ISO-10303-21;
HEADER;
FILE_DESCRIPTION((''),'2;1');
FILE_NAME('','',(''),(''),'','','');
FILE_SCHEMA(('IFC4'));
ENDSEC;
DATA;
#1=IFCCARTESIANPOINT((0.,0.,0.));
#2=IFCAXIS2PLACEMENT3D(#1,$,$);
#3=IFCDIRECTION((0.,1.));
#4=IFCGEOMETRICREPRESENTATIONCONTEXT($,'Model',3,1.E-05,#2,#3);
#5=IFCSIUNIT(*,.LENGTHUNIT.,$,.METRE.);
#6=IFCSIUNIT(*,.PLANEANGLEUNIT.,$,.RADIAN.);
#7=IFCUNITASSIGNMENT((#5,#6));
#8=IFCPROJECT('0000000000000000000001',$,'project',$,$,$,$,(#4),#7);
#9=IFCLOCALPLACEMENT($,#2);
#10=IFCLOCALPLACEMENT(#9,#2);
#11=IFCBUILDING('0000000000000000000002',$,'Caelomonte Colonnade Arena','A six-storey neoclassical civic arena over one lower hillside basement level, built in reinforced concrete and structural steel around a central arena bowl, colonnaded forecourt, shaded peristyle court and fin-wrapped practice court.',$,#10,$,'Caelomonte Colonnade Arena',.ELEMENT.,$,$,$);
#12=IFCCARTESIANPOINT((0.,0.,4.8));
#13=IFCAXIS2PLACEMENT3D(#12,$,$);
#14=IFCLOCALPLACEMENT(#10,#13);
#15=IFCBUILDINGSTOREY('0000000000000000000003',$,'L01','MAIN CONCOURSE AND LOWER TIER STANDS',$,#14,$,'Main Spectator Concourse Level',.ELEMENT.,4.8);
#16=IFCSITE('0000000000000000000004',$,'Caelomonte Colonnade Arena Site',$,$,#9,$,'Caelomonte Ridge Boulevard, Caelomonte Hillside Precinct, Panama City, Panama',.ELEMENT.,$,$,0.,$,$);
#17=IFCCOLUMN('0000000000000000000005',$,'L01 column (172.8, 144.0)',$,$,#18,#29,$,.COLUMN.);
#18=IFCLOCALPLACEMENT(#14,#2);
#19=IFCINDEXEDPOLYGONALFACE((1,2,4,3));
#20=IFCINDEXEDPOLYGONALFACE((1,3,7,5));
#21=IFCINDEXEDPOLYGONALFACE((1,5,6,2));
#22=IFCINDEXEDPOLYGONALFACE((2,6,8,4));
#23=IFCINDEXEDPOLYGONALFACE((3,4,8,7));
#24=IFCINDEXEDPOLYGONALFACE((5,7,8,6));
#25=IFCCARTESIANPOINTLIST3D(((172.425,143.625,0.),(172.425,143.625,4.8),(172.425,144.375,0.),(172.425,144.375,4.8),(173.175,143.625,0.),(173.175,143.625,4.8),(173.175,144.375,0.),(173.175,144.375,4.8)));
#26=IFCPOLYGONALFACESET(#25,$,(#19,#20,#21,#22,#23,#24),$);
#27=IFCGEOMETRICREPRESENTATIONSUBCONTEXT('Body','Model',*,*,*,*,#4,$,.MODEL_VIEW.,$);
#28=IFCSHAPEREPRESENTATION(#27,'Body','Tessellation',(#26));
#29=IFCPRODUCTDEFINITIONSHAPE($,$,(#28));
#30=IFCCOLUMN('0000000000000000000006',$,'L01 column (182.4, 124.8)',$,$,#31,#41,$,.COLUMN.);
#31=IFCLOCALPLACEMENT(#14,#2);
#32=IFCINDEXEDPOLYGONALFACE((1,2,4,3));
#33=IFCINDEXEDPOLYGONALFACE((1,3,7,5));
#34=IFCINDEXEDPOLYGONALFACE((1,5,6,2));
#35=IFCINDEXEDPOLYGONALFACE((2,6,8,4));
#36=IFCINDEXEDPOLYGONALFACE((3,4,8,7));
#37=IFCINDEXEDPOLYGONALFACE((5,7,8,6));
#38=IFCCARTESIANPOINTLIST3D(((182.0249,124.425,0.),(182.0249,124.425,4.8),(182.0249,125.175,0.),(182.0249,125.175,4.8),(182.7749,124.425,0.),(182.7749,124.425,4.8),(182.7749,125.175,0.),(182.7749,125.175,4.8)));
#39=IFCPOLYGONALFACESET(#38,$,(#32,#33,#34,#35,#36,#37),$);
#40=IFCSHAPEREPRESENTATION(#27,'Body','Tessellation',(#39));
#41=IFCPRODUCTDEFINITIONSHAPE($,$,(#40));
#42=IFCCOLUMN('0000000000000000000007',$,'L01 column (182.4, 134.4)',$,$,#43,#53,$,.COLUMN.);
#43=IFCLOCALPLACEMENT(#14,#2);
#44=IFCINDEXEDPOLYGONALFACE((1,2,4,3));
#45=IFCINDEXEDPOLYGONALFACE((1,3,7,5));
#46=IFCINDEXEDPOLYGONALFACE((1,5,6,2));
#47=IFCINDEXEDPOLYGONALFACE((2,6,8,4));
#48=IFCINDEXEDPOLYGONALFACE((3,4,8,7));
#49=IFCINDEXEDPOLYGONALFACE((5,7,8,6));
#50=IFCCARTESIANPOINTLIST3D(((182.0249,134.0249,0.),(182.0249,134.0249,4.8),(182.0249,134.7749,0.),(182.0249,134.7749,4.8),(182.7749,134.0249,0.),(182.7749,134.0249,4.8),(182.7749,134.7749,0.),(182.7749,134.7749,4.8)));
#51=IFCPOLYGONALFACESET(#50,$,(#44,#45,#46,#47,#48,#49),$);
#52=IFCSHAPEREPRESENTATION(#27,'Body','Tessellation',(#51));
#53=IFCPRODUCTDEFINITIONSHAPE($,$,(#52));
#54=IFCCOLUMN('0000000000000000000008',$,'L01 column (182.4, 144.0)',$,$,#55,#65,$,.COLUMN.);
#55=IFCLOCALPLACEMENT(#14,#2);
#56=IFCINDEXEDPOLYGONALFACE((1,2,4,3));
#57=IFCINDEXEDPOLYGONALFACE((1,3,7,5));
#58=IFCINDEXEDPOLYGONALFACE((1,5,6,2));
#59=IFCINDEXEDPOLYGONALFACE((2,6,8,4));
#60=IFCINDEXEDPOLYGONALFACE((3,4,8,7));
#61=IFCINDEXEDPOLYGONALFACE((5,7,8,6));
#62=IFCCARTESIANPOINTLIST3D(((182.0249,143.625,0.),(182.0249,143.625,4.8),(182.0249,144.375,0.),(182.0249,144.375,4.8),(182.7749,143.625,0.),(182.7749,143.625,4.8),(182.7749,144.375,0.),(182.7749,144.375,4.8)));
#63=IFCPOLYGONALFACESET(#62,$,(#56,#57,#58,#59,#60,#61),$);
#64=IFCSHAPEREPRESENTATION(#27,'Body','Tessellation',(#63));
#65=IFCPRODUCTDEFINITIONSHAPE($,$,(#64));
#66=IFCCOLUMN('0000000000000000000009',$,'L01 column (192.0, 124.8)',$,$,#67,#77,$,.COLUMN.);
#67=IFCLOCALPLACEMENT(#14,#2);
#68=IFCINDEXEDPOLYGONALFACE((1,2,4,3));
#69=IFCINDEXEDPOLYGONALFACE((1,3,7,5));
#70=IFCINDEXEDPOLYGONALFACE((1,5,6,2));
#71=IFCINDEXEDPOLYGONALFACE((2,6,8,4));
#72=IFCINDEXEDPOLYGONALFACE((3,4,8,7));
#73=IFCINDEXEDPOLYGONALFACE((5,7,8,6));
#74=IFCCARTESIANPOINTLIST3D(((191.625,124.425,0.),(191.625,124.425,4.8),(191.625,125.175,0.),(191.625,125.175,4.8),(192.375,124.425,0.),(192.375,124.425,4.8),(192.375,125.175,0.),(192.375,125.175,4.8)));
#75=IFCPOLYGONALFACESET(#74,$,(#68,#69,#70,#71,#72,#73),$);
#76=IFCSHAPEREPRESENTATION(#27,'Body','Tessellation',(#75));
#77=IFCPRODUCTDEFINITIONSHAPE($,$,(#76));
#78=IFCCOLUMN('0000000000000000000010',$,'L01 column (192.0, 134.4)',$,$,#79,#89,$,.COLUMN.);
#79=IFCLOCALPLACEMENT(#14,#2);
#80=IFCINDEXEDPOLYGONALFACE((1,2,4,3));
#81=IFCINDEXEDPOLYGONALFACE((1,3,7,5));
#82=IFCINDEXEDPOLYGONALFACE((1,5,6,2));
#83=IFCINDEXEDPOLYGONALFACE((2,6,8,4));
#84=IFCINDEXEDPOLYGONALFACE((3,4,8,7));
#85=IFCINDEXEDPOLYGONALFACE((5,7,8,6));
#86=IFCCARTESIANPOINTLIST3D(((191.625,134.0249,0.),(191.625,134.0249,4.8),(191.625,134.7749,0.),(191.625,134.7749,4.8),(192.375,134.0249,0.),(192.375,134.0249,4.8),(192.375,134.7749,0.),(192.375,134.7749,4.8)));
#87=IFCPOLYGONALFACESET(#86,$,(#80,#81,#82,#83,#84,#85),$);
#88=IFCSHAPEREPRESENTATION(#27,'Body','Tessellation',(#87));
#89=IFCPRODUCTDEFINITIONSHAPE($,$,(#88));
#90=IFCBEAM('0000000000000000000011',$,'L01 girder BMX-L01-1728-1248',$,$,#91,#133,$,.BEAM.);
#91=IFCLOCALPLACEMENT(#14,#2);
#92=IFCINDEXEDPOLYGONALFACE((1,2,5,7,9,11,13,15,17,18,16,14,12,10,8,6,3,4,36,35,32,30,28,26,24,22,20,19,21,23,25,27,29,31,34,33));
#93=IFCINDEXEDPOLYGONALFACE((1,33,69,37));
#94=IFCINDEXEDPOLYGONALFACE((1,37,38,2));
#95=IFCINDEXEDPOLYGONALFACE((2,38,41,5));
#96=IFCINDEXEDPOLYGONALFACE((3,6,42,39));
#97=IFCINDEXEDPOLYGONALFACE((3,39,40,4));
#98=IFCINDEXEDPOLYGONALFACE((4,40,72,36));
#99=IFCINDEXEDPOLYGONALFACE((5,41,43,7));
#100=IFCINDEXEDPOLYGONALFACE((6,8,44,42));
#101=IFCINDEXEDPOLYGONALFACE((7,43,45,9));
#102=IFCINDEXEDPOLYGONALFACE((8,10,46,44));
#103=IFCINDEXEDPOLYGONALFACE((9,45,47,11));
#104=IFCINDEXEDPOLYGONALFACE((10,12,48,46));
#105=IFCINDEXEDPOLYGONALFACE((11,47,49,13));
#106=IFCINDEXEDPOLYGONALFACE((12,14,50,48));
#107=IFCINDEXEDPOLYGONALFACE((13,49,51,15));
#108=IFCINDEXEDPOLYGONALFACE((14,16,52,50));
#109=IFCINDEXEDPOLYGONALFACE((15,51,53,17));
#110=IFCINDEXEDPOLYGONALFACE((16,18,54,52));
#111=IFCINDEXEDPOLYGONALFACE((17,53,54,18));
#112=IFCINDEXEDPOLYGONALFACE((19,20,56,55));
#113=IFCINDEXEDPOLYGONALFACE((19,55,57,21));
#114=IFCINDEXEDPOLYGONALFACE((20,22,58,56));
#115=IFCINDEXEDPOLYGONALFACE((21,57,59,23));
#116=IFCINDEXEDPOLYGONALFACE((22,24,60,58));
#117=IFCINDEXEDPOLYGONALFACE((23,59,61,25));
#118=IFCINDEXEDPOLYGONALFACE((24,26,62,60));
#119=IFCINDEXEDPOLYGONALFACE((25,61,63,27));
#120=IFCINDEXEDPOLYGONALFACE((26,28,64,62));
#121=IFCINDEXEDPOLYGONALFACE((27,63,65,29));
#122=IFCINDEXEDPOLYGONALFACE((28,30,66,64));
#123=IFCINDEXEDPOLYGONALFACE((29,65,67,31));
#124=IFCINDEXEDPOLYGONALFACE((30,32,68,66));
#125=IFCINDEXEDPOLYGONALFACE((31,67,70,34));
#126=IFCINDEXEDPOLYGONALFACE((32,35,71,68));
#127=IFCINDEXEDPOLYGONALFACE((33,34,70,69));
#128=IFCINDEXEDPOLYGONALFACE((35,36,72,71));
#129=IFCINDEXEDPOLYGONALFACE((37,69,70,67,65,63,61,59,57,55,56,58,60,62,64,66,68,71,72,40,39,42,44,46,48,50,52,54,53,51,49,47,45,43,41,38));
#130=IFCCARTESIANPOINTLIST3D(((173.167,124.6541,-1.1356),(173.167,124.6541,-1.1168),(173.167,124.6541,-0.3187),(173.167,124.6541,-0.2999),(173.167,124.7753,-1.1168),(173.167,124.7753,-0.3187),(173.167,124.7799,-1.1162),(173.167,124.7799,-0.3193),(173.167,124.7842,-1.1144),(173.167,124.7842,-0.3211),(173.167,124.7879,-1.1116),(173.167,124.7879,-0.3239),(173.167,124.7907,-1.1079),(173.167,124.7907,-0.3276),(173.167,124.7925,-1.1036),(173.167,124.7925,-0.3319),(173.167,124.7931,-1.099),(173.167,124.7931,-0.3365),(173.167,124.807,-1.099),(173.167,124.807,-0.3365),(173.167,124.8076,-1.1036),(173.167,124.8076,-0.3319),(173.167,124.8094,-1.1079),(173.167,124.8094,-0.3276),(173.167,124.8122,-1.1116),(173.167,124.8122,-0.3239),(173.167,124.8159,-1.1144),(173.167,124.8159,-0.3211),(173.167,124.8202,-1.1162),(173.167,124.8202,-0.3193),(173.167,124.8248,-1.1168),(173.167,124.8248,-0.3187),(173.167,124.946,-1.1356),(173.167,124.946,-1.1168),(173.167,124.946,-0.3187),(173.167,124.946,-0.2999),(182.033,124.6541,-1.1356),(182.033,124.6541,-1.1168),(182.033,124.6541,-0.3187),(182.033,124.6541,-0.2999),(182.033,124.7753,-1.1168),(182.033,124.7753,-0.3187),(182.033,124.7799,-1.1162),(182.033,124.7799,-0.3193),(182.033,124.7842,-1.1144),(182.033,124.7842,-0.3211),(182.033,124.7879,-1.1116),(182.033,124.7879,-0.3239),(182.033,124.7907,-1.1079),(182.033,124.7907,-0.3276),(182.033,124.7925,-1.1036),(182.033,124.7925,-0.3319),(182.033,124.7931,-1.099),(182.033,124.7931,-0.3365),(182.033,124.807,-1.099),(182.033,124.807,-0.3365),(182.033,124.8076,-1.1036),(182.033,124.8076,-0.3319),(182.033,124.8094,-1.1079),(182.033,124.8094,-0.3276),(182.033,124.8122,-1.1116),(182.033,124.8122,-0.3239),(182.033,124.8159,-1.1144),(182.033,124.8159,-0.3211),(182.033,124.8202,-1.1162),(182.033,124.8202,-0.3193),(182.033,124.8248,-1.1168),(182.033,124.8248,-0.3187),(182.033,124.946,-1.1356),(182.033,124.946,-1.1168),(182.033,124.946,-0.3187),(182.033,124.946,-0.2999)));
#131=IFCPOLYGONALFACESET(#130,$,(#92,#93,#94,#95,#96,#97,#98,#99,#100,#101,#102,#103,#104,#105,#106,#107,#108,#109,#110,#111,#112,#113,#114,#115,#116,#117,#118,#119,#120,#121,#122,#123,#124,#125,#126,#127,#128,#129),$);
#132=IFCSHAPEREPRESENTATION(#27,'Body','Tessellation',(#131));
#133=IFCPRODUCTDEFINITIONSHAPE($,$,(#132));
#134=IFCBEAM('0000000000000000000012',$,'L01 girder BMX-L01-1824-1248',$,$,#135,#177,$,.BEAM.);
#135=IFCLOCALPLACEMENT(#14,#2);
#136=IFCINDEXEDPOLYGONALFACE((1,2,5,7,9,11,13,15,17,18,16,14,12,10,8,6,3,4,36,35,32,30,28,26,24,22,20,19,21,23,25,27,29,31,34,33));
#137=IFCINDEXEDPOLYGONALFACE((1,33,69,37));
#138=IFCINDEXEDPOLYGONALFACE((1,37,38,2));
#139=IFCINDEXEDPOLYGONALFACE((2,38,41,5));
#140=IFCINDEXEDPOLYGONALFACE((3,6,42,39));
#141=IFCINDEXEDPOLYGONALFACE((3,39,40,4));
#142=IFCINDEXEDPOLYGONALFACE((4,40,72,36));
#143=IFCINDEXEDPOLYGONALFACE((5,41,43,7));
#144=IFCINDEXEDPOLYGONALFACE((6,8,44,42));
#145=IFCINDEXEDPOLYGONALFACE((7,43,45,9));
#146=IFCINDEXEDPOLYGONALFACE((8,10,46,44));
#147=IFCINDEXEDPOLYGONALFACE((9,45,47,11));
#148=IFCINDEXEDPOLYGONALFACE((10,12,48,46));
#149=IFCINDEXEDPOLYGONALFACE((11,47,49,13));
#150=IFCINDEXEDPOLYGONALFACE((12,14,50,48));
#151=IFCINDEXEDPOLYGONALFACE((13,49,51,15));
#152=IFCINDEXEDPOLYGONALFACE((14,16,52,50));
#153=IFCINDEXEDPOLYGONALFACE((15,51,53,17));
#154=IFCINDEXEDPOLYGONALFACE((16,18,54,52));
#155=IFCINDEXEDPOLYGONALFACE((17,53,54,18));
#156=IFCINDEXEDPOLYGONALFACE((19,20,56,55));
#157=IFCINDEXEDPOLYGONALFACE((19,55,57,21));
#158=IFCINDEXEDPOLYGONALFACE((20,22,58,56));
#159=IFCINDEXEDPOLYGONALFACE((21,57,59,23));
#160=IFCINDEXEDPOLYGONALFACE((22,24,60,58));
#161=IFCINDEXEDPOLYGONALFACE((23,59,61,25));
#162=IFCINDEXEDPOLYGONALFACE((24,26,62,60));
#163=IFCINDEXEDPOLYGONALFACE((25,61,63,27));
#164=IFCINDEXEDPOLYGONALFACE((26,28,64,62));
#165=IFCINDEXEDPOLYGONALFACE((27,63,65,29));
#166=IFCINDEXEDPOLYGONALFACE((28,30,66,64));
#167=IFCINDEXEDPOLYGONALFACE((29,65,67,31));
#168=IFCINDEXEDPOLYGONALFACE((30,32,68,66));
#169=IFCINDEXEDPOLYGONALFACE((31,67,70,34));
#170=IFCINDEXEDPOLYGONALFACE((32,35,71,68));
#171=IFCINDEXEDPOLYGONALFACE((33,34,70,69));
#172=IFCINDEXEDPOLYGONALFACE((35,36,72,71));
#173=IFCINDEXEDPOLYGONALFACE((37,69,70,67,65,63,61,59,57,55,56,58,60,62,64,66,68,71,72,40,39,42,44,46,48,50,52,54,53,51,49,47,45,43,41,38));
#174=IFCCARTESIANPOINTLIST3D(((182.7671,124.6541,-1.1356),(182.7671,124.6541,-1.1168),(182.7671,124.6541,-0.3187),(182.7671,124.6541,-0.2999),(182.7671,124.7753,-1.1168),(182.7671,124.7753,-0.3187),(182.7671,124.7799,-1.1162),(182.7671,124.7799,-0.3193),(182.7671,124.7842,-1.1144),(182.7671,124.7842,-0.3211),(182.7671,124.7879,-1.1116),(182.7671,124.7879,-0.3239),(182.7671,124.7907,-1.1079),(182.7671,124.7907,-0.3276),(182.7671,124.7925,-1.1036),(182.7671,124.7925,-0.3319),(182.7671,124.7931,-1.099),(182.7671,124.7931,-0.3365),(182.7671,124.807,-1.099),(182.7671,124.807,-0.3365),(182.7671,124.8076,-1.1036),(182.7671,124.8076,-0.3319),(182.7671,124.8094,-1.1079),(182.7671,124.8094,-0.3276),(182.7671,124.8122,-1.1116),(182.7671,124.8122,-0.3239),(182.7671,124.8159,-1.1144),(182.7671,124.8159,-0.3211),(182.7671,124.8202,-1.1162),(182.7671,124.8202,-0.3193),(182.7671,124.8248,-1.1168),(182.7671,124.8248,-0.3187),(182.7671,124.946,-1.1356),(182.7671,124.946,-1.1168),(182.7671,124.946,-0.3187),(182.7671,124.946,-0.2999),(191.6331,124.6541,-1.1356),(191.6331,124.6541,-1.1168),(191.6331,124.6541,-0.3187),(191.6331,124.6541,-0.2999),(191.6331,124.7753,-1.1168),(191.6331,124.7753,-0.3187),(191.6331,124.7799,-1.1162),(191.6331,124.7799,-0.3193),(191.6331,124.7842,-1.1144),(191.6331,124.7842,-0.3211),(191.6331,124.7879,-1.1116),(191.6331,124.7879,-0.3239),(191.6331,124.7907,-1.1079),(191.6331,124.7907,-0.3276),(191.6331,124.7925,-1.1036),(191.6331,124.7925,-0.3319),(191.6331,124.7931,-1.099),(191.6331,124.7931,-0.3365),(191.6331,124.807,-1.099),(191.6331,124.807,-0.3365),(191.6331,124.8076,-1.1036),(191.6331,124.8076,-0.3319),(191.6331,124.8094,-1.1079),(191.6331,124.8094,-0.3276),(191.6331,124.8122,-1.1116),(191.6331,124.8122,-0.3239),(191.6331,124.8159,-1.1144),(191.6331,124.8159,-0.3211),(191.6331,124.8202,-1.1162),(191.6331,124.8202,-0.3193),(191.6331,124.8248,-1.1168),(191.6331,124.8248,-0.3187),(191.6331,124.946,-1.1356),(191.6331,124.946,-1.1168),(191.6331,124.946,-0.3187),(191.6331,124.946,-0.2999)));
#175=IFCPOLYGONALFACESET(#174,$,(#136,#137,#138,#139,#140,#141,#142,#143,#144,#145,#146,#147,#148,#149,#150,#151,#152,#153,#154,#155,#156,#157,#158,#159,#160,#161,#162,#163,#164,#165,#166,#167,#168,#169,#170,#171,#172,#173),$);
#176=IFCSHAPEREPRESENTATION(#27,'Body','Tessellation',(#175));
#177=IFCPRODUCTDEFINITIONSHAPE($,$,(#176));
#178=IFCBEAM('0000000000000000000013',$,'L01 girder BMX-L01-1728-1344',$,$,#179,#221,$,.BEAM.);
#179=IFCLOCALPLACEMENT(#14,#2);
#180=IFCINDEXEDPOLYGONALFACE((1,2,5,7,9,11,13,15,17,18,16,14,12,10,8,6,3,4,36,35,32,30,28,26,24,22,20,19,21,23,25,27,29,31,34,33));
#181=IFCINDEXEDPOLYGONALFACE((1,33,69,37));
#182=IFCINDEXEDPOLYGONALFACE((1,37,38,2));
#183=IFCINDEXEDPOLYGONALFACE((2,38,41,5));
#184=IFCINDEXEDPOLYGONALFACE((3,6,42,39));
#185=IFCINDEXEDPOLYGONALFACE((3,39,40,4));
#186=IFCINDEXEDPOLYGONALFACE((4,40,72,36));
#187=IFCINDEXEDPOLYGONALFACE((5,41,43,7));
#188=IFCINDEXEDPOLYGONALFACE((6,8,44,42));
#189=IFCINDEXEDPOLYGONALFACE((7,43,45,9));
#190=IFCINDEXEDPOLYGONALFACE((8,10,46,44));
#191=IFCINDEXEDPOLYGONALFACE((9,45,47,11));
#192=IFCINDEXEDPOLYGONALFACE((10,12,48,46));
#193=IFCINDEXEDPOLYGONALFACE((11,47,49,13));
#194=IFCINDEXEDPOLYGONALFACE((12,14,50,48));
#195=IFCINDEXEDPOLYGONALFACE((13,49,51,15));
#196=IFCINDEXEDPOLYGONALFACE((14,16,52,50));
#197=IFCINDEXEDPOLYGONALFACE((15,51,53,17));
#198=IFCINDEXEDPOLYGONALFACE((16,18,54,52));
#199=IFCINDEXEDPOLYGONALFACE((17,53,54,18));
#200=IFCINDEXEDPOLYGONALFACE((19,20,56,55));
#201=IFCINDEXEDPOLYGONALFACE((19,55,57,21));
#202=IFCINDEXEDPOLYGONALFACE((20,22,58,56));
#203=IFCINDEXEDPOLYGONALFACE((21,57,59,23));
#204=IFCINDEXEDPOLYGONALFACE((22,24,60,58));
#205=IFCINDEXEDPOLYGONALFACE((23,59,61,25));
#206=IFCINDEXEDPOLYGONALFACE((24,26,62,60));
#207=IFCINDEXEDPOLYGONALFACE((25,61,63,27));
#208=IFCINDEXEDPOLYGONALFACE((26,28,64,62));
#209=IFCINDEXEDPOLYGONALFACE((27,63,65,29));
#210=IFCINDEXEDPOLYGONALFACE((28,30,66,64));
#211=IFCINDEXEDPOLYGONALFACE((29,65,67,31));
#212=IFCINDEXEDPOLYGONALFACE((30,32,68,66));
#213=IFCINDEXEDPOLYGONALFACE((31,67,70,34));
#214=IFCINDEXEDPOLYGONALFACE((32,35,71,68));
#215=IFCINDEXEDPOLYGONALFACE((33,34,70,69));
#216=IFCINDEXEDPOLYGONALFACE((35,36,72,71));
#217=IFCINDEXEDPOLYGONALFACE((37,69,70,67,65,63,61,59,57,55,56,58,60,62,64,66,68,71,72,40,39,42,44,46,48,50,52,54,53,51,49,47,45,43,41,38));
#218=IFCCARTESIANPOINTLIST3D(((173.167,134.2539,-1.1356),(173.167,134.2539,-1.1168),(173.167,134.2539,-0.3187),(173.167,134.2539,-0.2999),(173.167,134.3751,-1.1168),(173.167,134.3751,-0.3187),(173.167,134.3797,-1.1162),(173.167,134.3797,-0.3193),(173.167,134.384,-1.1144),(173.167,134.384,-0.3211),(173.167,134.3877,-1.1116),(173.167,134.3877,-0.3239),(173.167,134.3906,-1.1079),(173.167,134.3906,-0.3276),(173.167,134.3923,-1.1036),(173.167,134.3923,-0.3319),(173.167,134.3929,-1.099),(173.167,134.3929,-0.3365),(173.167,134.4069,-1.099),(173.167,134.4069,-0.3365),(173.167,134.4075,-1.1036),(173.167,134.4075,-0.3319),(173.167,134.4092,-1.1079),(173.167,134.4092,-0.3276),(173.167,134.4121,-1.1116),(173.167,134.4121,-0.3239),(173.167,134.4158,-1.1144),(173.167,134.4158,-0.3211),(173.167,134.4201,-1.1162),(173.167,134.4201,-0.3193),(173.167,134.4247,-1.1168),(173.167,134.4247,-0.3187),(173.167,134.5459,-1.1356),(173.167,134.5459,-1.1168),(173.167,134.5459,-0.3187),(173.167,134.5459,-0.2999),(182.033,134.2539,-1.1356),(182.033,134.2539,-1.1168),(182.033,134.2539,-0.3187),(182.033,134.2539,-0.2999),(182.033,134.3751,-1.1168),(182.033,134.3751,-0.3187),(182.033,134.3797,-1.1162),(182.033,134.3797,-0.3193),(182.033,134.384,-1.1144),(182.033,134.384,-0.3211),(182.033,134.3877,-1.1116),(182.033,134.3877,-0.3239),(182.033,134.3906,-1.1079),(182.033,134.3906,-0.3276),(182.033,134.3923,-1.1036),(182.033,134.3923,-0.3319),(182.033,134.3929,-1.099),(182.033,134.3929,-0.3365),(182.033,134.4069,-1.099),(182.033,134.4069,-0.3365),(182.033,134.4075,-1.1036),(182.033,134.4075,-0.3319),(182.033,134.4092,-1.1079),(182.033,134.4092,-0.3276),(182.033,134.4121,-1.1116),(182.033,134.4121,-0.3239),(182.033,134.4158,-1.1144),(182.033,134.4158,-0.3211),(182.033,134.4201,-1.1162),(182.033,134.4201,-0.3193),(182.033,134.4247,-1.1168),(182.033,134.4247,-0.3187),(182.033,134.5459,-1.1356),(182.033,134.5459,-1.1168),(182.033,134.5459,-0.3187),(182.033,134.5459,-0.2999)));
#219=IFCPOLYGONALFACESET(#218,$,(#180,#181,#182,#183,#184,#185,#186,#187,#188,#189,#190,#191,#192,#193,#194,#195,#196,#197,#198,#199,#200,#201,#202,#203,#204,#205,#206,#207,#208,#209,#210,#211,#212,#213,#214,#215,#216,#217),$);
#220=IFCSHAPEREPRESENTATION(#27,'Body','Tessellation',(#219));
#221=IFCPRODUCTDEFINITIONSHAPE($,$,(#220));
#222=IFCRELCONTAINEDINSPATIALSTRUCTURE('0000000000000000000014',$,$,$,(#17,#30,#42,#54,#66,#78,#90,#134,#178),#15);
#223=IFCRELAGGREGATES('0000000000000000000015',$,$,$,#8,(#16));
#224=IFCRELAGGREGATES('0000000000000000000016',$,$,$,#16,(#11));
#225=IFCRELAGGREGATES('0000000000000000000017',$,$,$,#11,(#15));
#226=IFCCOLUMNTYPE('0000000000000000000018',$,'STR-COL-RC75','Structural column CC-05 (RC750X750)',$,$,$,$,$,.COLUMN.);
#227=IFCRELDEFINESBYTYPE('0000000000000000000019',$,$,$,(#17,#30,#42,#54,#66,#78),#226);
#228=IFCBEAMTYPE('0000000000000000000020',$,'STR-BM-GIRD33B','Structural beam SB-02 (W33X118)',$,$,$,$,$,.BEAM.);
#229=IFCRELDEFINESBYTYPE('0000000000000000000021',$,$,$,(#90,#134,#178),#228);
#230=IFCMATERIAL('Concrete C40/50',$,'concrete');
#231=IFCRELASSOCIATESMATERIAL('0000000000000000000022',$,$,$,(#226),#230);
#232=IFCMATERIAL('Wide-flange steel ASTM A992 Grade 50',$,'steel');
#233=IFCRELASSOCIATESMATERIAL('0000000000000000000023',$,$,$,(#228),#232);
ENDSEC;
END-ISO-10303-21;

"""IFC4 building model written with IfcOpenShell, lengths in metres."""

from ifc_helpers import new_model, si_unit, direction, frame, origin, origin_2d, place, context, subcontext, project, spatial, rectangle, i_section, extrude, material, material_profile, profile_set, type_object, element, save


model = new_model("IFC4")

# Units and contexts
model_context = context("Model", 3, precision=1e-05, world=origin(), true_north=direction((0.0, 1.0)))
body_context = subcontext(model_context, "Body", "Model", "MODEL_VIEW")
ifc_project = project(units=[si_unit("LENGTHUNIT", "METRE"), si_unit("PLANEANGLEUNIT", "RADIAN")], contexts=[model_context])

# Site, building, storey
site_placement = place(None, origin())
site = spatial("IfcSite", under=ifc_project, at=site_placement, Name="Caelomonte Colonnade Arena Site", LongName="Caelomonte Ridge Boulevard, Caelomonte Hillside Precinct, Panama City, Panama", CompositionType="ELEMENT", RefElevation=0.0)
building_placement = place(site_placement, origin())
building = spatial("IfcBuilding", under=site, at=building_placement, Name="Caelomonte Colonnade Arena", Description="A six-storey neoclassical civic arena over one lower hillside basement level, built in reinforced concrete and structural steel around a central arena bowl, colonnaded forecourt, shaded peristyle court and fin-wrapped practice court.", LongName="Caelomonte Colonnade Arena", CompositionType="ELEMENT")
storey_placement = place(building_placement, frame((0.0, 0.0, 4.8)))
storey = spatial("IfcBuildingStorey", under=building, at=storey_placement, Name="L01", Description="MAIN CONCOURSE AND LOWER TIER STANDS", LongName="Main Spectator Concourse Level", CompositionType="ELEMENT", Elevation=4.8)

# Columns
ifc_material_1 = material(Name="Concrete C40/50", Category="concrete")
ifc_material_profile_1 = material_profile(ifc_material_1, rectangle(XDim=0.75, YDim=0.75, at=origin_2d()), Name="RC750X750")
ifc_profile_set_1 = profile_set([ifc_material_profile_1], Name="Concrete C40/50")
column_type = type_object("IfcColumnType", Name="STR-COL-RC75", Description="Structural column CC-05 (RC750X750)", PredefinedType="COLUMN", material=ifc_profile_set_1)
for number, where, z_axis, x_axis, name in (
    (1, (172.8, 144.0, 0.0), (0.0, 0.0, 1.0), (1.0, 0.0, 0.0), "L01 column (172.8, 144.0)"),
    (2, (182.3999, 124.8, 0.0), (0.0, 0.0, 1.0), (1.0, 0.0, 0.0), "L01 column (182.4, 124.8)"),
    (3, (182.3999, 134.3999, 0.0), (0.0, 0.0, 1.0), (1.0, 0.0, 0.0), "L01 column (182.4, 134.4)"),
    (4, (182.3999, 144.0, 0.0), (0.0, 0.0, 1.0), (1.0, 0.0, 0.0), "L01 column (182.4, 144.0)"),
    (5, (192.0, 124.8, 0.0), (0.0, 0.0, 1.0), (1.0, 0.0, 0.0), "L01 column (192.0, 124.8)"),
    (6, (192.0, 134.3999, 0.0), (0.0, 0.0, 1.0), (1.0, 0.0, 0.0), "L01 column (192.0, 134.4)"),
):
    element("IfcColumn", number, at=place(storey_placement, frame(where, z_axis=z_axis, x_axis=x_axis)), inside=storey, type_object=column_type, Name=name, PredefinedType="COLUMN", context=body_context, shape_type="SweptSolid", body=[
        extrude(rectangle(XDim=0.75, YDim=0.75, at=origin_2d()), origin(), (0.0, 0.0, 1.0), 4.8),
    ])

# Beams
ifc_material_2 = material(Name="Wide-flange steel ASTM A992 Grade 50", Category="steel")
ifc_material_profile_2 = material_profile(ifc_material_2, i_section(OverallWidth=0.292, OverallDepth=0.8357, WebThickness=0.0139, FlangeThickness=0.0188, FilletRadius=0.0178, at=origin_2d()), Name="W33X118")
ifc_profile_set_2 = profile_set([ifc_material_profile_2], Name="Wide-flange steel ASTM A992 Grade 50")
beam_type_1 = type_object("IfcBeamType", Name="STR-BM-GIRD33B", Description="Structural beam SB-02 (W33X118)", PredefinedType="BEAM", material=ifc_profile_set_2)
for number, where, z_axis, x_axis, name in (
    (7, (173.167, 124.8, -0.7178), (1.0, 0.0, 0.0), (0.0, 1.0, 0.0), "L01 girder BMX-L01-1728-1248"),
    (8, (182.7671, 124.8, -0.7178), (1.0, 0.0, 0.0), (0.0, 1.0, 0.0), "L01 girder BMX-L01-1824-1248"),
    (9, (173.167, 134.3999, -0.7178), (1.0, 0.0, 0.0), (0.0, 1.0, 0.0), "L01 girder BMX-L01-1728-1344"),
):
    element("IfcBeam", number, at=place(storey_placement, frame(where, z_axis=z_axis, x_axis=x_axis)), inside=storey, type_object=beam_type_1, Name=name, PredefinedType="BEAM", context=body_context, shape_type="SweptSolid", body=[
        extrude(i_section(OverallWidth=0.292, OverallDepth=0.8357, WebThickness=0.0139, FlangeThickness=0.0188, FilletRadius=0.0178, at=origin_2d()), origin(), (0.0, 0.0, 1.0), 8.866),
    ])

save(model, "model.ifc")
